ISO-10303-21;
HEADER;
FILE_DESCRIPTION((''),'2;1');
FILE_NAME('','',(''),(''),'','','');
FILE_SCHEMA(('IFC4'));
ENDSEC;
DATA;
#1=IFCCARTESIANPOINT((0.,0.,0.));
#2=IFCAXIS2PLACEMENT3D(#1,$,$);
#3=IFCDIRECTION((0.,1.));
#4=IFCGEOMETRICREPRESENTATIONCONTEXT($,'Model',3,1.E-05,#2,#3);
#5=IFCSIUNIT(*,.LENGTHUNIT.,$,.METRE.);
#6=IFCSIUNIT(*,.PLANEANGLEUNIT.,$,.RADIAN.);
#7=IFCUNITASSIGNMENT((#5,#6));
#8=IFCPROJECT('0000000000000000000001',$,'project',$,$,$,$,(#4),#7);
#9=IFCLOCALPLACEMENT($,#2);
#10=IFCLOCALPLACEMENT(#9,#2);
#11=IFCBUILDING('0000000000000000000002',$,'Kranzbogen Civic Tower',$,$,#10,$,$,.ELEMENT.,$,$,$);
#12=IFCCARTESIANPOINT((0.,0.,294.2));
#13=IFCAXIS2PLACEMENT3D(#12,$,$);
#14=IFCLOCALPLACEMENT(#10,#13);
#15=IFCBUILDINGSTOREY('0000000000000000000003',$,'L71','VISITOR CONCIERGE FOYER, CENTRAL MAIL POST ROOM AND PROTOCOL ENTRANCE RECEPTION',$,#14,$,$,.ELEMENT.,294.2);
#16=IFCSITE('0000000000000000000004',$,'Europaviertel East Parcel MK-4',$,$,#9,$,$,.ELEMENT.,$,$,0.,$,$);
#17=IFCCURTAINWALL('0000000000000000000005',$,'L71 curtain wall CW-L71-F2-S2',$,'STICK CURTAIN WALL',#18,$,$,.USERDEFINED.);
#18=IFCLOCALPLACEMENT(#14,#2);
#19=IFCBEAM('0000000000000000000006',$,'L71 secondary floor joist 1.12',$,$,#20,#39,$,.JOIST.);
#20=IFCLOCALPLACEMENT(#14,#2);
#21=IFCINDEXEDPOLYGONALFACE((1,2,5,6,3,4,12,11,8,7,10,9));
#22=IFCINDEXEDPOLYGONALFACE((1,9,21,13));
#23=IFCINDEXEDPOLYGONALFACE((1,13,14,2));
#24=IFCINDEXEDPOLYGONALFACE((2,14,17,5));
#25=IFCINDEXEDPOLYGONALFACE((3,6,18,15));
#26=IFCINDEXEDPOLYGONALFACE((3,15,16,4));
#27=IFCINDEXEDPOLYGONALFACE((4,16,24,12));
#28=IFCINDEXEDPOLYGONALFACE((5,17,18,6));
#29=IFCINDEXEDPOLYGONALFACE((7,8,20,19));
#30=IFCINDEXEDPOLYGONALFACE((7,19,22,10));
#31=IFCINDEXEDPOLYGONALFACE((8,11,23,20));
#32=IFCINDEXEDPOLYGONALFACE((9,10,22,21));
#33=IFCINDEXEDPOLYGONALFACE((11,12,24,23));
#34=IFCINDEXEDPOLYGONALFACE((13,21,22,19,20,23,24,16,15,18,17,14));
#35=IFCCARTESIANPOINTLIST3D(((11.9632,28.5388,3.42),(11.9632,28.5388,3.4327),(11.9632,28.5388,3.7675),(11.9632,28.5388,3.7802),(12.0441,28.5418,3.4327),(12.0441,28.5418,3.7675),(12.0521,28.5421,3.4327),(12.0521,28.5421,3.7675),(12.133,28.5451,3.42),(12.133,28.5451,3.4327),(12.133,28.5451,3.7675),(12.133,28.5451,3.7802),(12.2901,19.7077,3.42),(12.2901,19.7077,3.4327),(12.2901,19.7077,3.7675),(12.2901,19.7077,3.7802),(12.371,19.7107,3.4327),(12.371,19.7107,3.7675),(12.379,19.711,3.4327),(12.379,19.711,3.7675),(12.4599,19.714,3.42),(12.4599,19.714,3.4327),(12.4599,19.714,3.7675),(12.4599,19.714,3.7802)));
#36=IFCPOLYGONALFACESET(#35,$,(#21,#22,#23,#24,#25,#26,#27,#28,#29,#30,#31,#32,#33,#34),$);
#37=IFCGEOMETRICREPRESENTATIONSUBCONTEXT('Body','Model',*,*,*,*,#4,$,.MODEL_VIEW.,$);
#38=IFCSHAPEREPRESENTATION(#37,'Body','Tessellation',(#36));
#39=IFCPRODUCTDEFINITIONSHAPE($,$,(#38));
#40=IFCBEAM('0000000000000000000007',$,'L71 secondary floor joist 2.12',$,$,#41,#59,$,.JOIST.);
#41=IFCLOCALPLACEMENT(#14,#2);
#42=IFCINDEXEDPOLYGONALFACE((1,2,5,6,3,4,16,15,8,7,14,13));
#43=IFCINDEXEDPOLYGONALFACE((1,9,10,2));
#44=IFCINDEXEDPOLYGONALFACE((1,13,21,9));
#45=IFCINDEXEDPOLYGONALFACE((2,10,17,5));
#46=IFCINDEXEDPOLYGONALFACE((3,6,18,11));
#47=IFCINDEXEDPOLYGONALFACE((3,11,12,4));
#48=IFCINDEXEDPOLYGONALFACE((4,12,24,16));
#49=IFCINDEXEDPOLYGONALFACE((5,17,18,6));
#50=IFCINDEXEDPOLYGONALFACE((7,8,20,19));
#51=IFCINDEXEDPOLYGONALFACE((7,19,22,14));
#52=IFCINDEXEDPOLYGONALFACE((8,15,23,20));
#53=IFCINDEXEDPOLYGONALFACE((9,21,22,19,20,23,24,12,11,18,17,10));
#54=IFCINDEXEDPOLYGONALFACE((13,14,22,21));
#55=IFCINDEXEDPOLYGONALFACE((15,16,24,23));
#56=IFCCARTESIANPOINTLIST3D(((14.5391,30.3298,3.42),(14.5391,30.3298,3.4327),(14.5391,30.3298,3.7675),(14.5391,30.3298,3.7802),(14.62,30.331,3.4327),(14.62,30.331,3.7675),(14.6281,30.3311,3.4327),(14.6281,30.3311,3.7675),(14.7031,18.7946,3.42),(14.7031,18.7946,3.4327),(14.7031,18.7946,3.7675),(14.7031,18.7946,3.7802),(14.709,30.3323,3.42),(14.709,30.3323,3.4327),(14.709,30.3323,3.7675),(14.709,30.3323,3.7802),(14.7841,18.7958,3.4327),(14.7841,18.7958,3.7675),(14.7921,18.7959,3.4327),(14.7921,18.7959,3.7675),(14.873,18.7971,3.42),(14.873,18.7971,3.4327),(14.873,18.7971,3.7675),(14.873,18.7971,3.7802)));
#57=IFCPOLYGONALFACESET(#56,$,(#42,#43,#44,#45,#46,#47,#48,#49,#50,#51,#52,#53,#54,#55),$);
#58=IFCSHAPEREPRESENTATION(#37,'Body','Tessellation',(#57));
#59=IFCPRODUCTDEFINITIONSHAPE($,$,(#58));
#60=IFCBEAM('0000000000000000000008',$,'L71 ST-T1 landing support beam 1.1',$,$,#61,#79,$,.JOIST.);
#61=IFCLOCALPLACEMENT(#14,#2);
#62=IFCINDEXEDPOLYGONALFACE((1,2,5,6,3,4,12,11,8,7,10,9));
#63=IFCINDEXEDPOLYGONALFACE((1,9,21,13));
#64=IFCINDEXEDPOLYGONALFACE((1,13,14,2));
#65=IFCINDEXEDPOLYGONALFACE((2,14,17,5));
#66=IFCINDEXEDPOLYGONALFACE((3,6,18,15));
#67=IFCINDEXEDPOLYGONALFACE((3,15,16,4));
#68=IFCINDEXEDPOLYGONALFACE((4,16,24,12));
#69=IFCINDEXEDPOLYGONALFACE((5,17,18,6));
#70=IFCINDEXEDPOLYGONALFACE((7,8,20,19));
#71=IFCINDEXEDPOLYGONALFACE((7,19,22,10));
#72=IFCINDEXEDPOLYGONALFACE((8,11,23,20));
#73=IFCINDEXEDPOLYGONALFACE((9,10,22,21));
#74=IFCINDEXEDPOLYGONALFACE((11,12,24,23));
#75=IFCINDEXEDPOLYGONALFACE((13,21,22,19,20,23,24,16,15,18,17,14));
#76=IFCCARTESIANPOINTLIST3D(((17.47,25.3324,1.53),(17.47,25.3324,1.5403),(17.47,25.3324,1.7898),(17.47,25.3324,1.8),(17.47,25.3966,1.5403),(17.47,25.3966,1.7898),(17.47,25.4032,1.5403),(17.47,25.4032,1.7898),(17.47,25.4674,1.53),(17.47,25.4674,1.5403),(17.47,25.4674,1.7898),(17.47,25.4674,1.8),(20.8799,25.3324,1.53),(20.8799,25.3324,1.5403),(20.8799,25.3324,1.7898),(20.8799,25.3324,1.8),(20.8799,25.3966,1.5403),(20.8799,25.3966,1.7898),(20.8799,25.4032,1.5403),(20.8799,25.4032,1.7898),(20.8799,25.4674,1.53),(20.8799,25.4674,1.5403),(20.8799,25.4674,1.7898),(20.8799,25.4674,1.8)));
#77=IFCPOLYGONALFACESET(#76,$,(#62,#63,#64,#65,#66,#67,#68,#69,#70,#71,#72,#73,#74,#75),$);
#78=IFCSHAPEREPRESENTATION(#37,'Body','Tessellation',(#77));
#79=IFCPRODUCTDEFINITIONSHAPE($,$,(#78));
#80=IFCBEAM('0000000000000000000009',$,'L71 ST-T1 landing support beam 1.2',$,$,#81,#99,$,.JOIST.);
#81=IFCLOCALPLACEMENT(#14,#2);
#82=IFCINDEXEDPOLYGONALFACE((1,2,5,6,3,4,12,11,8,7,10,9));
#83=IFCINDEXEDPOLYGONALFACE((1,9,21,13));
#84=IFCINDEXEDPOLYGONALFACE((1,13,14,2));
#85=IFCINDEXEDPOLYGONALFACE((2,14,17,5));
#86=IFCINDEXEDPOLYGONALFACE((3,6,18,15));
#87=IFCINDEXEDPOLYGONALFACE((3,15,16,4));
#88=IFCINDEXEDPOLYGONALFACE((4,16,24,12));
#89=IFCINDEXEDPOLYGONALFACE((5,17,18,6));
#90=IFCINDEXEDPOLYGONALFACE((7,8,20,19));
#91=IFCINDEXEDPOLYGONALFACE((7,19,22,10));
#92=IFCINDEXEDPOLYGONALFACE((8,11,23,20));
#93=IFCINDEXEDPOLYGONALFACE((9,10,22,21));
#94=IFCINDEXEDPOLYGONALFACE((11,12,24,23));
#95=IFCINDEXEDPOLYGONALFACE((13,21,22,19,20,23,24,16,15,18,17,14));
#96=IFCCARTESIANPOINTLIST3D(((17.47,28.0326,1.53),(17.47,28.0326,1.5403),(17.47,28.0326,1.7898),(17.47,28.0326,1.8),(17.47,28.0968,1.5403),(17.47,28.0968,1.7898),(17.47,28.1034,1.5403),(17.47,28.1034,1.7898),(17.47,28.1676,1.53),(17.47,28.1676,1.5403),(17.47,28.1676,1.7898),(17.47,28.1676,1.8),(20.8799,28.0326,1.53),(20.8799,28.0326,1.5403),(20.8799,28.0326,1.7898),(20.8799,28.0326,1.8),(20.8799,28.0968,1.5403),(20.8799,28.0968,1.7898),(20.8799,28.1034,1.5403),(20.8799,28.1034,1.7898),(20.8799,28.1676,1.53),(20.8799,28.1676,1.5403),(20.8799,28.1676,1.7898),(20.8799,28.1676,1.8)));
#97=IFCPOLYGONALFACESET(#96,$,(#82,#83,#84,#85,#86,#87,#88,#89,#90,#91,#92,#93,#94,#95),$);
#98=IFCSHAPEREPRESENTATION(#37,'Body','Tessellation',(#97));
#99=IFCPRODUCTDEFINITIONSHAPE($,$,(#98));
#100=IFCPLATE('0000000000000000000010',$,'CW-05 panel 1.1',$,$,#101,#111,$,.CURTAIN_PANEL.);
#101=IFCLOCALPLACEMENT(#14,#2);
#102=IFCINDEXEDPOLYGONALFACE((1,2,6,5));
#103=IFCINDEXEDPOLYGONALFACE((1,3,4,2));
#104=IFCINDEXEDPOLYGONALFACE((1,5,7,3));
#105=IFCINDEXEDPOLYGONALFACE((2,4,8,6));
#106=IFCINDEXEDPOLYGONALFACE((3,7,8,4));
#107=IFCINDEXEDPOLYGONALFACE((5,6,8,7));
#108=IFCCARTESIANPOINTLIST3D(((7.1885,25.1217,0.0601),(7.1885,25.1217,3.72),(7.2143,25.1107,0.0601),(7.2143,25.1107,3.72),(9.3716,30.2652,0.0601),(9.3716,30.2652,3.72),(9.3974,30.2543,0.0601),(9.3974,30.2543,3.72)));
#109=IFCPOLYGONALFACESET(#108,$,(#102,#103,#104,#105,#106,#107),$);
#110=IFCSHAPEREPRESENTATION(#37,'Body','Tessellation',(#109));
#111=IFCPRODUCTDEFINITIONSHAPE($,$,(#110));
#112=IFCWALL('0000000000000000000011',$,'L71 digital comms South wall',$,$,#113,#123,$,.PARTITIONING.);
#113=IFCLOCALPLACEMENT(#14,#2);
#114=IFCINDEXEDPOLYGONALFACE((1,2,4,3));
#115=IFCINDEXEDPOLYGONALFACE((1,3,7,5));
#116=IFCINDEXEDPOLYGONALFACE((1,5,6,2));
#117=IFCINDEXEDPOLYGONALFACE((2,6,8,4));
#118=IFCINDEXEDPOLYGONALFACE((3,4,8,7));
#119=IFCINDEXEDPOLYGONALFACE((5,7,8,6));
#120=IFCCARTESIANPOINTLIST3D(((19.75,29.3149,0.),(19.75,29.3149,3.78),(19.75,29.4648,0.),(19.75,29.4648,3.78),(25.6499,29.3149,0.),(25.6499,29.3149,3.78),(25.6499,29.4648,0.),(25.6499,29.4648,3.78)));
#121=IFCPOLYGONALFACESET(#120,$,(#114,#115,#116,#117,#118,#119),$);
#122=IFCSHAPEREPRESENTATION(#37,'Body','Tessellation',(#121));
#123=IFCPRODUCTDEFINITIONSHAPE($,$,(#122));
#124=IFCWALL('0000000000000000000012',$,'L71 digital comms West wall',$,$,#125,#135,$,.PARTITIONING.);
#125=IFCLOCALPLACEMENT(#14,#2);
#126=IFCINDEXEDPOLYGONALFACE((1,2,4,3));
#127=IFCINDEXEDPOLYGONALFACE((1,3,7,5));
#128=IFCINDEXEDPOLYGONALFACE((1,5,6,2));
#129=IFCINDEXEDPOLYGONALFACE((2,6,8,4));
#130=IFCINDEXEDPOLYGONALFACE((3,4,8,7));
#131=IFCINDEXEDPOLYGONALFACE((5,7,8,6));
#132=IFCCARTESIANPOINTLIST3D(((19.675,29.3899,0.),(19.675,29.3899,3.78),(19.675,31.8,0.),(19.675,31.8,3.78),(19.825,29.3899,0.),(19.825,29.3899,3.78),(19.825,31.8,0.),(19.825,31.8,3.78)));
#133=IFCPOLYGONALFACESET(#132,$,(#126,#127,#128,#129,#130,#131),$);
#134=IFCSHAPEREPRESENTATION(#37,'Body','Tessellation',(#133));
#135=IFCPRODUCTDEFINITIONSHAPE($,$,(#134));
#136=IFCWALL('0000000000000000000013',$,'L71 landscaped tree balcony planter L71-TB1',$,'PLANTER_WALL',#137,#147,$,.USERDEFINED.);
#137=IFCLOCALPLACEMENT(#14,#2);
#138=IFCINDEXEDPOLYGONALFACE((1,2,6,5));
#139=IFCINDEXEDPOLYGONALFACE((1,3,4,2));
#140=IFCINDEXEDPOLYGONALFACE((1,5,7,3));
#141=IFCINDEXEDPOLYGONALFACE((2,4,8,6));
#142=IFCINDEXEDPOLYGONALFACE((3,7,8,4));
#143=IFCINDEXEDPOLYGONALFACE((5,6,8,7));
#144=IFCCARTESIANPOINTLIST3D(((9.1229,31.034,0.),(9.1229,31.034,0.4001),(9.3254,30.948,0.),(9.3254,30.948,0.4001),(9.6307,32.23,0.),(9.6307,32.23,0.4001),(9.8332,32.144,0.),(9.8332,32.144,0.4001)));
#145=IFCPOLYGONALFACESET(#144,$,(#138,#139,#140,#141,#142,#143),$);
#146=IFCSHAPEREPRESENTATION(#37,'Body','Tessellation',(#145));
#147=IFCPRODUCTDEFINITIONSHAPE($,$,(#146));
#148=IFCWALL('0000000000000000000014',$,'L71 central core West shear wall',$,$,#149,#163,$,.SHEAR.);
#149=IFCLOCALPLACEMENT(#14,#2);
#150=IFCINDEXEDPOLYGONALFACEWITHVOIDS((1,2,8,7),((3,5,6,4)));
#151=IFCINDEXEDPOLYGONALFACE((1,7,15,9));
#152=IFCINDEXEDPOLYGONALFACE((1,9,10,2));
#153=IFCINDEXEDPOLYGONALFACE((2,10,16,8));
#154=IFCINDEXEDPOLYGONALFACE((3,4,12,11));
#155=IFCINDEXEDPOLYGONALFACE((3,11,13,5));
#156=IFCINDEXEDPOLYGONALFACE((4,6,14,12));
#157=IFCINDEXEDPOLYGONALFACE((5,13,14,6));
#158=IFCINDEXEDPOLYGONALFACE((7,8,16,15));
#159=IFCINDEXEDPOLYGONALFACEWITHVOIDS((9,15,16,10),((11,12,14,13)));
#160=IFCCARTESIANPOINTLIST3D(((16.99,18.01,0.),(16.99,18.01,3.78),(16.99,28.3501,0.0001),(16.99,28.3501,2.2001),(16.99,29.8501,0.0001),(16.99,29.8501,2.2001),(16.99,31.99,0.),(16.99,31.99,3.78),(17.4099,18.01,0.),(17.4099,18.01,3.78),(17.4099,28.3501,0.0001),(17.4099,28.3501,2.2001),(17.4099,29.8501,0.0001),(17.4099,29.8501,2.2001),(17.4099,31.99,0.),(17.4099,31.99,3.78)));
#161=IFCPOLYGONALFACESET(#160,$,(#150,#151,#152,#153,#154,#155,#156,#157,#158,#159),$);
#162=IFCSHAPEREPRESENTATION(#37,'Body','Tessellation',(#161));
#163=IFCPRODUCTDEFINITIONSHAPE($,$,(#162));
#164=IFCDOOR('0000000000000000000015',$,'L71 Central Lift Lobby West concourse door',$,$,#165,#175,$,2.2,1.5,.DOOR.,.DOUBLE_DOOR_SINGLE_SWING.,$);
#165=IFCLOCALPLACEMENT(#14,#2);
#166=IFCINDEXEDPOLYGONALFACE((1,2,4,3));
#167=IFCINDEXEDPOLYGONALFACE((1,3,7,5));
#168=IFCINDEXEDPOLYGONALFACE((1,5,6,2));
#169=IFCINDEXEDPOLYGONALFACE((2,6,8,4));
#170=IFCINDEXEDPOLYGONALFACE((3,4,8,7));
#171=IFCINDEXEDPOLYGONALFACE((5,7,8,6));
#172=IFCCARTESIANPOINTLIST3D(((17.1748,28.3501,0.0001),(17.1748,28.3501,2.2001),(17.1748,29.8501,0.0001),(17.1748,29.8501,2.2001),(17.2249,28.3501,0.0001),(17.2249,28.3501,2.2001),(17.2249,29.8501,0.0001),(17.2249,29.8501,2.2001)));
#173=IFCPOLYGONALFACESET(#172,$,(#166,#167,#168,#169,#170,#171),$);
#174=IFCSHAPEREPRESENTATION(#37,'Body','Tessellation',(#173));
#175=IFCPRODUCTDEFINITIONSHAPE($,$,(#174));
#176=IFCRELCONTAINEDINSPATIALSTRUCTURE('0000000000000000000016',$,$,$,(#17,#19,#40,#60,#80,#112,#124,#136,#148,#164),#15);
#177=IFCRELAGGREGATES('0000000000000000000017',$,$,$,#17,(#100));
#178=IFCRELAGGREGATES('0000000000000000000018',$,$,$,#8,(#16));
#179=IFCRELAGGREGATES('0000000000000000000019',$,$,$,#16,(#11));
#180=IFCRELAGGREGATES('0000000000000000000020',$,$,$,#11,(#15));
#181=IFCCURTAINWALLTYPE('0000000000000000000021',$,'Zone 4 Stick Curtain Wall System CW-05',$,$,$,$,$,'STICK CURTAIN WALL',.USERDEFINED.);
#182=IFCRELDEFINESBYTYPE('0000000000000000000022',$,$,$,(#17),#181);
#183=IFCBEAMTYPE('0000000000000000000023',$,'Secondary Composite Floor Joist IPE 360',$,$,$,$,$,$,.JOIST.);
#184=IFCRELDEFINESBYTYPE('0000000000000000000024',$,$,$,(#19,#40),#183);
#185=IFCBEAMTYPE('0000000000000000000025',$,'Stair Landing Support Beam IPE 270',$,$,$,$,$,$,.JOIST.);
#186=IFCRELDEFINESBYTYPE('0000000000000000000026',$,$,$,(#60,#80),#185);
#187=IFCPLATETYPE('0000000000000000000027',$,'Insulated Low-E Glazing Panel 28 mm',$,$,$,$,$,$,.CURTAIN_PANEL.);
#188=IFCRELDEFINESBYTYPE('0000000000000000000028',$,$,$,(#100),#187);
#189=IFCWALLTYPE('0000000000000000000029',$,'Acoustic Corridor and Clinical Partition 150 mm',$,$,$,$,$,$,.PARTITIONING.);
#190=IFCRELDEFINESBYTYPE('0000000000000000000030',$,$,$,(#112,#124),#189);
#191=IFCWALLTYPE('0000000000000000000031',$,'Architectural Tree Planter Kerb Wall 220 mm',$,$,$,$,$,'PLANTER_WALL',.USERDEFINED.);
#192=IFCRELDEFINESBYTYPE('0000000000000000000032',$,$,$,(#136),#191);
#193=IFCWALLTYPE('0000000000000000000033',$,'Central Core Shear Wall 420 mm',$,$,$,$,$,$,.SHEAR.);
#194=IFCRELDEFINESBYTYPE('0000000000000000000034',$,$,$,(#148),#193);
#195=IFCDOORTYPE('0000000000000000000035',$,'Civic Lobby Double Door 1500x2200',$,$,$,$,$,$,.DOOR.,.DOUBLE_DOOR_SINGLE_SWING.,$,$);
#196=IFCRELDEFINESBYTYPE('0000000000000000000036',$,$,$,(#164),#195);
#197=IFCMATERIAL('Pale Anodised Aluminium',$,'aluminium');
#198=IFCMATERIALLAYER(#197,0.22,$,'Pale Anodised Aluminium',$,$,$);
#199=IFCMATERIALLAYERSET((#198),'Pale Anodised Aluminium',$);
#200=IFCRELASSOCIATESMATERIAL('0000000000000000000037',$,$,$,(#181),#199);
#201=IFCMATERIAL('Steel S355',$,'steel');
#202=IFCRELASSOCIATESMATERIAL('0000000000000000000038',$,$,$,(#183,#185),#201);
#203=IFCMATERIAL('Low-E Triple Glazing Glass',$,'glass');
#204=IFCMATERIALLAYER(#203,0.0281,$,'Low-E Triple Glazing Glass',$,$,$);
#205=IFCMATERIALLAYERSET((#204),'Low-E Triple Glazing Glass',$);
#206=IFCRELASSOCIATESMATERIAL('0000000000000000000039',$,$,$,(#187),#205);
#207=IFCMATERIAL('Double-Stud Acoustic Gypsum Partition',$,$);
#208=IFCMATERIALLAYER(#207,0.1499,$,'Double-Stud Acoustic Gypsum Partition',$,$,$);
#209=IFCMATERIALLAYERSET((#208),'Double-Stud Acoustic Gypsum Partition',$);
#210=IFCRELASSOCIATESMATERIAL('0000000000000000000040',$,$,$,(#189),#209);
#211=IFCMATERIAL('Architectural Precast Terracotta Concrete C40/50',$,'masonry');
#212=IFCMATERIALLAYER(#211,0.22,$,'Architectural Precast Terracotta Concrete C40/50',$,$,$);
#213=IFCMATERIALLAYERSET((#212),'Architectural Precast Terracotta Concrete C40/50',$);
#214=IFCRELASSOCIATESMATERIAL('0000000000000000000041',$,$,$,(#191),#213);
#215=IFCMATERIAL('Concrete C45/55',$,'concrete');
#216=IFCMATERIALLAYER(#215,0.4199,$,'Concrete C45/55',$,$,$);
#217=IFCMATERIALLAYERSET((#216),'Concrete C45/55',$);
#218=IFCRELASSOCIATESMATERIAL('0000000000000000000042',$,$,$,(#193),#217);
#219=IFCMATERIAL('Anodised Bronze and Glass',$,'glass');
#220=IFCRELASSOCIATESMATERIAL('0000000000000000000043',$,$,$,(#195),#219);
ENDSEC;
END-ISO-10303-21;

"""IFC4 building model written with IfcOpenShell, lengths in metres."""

from ifc_helpers import new_model, si_unit, direction, frame, frame_2d, origin, origin_2d, place, context, subcontext, project, spatial, rectangle, i_section, extrude, material, layer, layer_set, material_profile, profile_set, type_object, element, fill, aggregate, save


model = new_model("IFC4")

# Units and contexts
model_context = context("Model", 3, precision=1e-05, world=origin(), true_north=direction((0.0, 1.0)))
body_context = subcontext(model_context, "Body", "Model", "MODEL_VIEW")
ifc_project = project(units=[si_unit("LENGTHUNIT", "METRE"), si_unit("PLANEANGLEUNIT", "RADIAN")], contexts=[model_context])

# Site, building, storey
site_placement = place(None, origin())
site = spatial("IfcSite", under=ifc_project, at=site_placement, Name="Europaviertel East Parcel MK-4", CompositionType="ELEMENT", RefElevation=0.0)
building_placement = place(site_placement, origin())
building = spatial("IfcBuilding", under=site, at=building_placement, Name="Kranzbogen Civic Tower", CompositionType="ELEMENT")
storey_placement = place(building_placement, frame((0.0, 0.0, 294.2)))
storey = spatial("IfcBuildingStorey", under=building, at=storey_placement, Name="L71", Description="VISITOR CONCIERGE FOYER, CENTRAL MAIL POST ROOM AND PROTOCOL ENTRANCE RECEPTION", CompositionType="ELEMENT", Elevation=294.2)

# Shared definitions
ifc_material_1 = material(Name="Steel S355", Category="steel")

# Curtain wall
ifc_material_2 = material(Name="Pale Anodised Aluminium", Category="aluminium")
ifc_layer_1 = layer(ifc_material_2, 0.22, Name="Pale Anodised Aluminium")
ifc_layer_set_1 = layer_set([ifc_layer_1], Name="Pale Anodised Aluminium")
curtain_wall_type = type_object("IfcCurtainWallType", Name="Zone 4 Stick Curtain Wall System CW-05", ElementType="STICK CURTAIN WALL", PredefinedType="USERDEFINED", material=ifc_layer_set_1)
curtain_wall_placement = place(storey_placement, origin())
curtain_wall = element("IfcCurtainWall", 1, at=curtain_wall_placement, inside=storey, type_object=curtain_wall_type, Name="L71 curtain wall CW-L71-F2-S2", ObjectType="STICK CURTAIN WALL", PredefinedType="USERDEFINED")

# Beams
ifc_material_profile_1 = material_profile(ifc_material_1, i_section(OverallWidth=0.1699, OverallDepth=0.3601, WebThickness=0.0081, FlangeThickness=0.0127, at=origin_2d()), Name="IPE 360")
ifc_profile_set_1 = profile_set([ifc_material_profile_1], Name="Steel S355")
beam_type_1 = type_object("IfcBeamType", Name="Secondary Composite Floor Joist IPE 360", PredefinedType="JOIST", material=ifc_profile_set_1)
beam_1_placement = place(storey_placement, frame((12.0481, 28.542, 3.6001), z_axis=(0.036992, -0.999316, 0.0), x_axis=(0.999316, 0.036992, 0.0)))
element("IfcBeam", 2, at=beam_1_placement, inside=storey, type_object=beam_type_1, Name="L71 secondary floor joist 1.12", PredefinedType="JOIST", context=body_context, shape_type="SweptSolid", body=[
    extrude(i_section(OverallWidth=0.1699, OverallDepth=0.3601, WebThickness=0.0081, FlangeThickness=0.0127, at=origin_2d()), origin(), (0.0, 0.0, 1.0), 8.8372),
])
beam_2_placement = place(storey_placement, frame((14.624, 30.3311, 3.6001), z_axis=(0.014221, -0.999899, 0.0), x_axis=(0.999899, 0.014221, 0.0)))
element("IfcBeam", 3, at=beam_2_placement, inside=storey, type_object=beam_type_1, Name="L71 secondary floor joist 2.12", PredefinedType="JOIST", context=body_context, shape_type="SweptSolid", body=[
    extrude(i_section(OverallWidth=0.1699, OverallDepth=0.3601, WebThickness=0.0081, FlangeThickness=0.0127, at=origin_2d()), origin(), (0.0, 0.0, 1.0), 11.5364),
])
ifc_material_profile_2 = material_profile(ifc_material_1, i_section(OverallWidth=0.135, OverallDepth=0.27, WebThickness=0.0066, FlangeThickness=0.0103, at=origin_2d()), Name="IPE 270")
ifc_profile_set_2 = profile_set([ifc_material_profile_2], Name="Steel S355")
beam_type_2 = type_object("IfcBeamType", Name="Stair Landing Support Beam IPE 270", PredefinedType="JOIST", material=ifc_profile_set_2)
for number, where, z_axis, x_axis, name in (
    (4, (20.8799, 25.3999, 1.665), (-1.0, 0.0, 0.0), (0.0, -1.0, 0.0), "L71 ST-T1 landing support beam 1.1"),
    (5, (20.8799, 28.1001, 1.665), (-1.0, 0.0, 0.0), (0.0, -1.0, 0.0), "L71 ST-T1 landing support beam 1.2"),
):
    element("IfcBeam", number, at=place(storey_placement, frame(where, z_axis=z_axis, x_axis=x_axis)), inside=storey, type_object=beam_type_2, Name=name, PredefinedType="JOIST", context=body_context, shape_type="SweptSolid", body=[
        extrude(i_section(OverallWidth=0.135, OverallDepth=0.27, WebThickness=0.0066, FlangeThickness=0.0103, at=origin_2d()), origin(), (0.0, 0.0, 1.0), 3.4099),
    ])

# Plate
ifc_material_3 = material(Name="Low-E Triple Glazing Glass", Category="glass")
ifc_layer_2 = layer(ifc_material_3, 0.0281, Name="Low-E Triple Glazing Glass")
ifc_layer_set_2 = layer_set([ifc_layer_2], Name="Low-E Triple Glazing Glass")
plate_type = type_object("IfcPlateType", Name="Insulated Low-E Glazing Panel 28 mm", PredefinedType="CURTAIN_PANEL", material=ifc_layer_set_2)
plate_placement = place(storey_placement, frame((8.293, 27.688, 0.0601), z_axis=(0.0, 0.0, 1.0), x_axis=(-0.390703, -0.920517, 0.0)))
plate = element("IfcPlate", 6, at=plate_placement, type_object=plate_type, Name="CW-05 panel 1.1", PredefinedType="CURTAIN_PANEL", context=body_context, shape_type="SweptSolid", body=[
    extrude(rectangle(XDim=5.5876, YDim=0.0281, at=origin_2d()), origin(), (0.0, 0.0, 1.0), 3.6599),
])
aggregate(curtain_wall, [plate])

# Walls
ifc_material_4 = material(Name="Double-Stud Acoustic Gypsum Partition")
ifc_layer_3 = layer(ifc_material_4, 0.1499, Name="Double-Stud Acoustic Gypsum Partition")
ifc_layer_set_3 = layer_set([ifc_layer_3], Name="Double-Stud Acoustic Gypsum Partition")
wall_type_1 = type_object("IfcWallType", Name="Acoustic Corridor and Clinical Partition 150 mm", PredefinedType="PARTITIONING", material=ifc_layer_set_3)
wall_1_placement = place(storey_placement, frame((19.75, 29.3899, 0.0), z_axis=(0.0, 0.0, 1.0), x_axis=(1.0, 0.0, 0.0)))
element("IfcWall", 7, at=wall_1_placement, inside=storey, type_object=wall_type_1, Name="L71 digital comms South wall", PredefinedType="PARTITIONING", context=body_context, shape_type="SweptSolid", body=[
    extrude(rectangle(XDim=5.8999, YDim=0.1499, at=frame_2d((2.95, 0.0))), origin(), (0.0, 0.0, 1.0), 3.78),
])
wall_2_placement = place(storey_placement, frame((19.75, 29.3899, 0.0), z_axis=(0.0, 0.0, 1.0), x_axis=(0.0, 1.0, 0.0)))
element("IfcWall", 8, at=wall_2_placement, inside=storey, type_object=wall_type_1, Name="L71 digital comms West wall", PredefinedType="PARTITIONING", context=body_context, shape_type="SweptSolid", body=[
    extrude(rectangle(XDim=2.4102, YDim=0.1499, at=frame_2d((1.2051, 0.0))), origin(), (0.0, 0.0, 1.0), 3.78),
])

# Wall
ifc_material_5 = material(Name="Architectural Precast Terracotta Concrete C40/50", Category="masonry")
ifc_layer_4 = layer(ifc_material_5, 0.22, Name="Architectural Precast Terracotta Concrete C40/50")
ifc_layer_set_4 = layer_set([ifc_layer_4], Name="Architectural Precast Terracotta Concrete C40/50")
wall_type_2 = type_object("IfcWallType", Name="Architectural Tree Planter Kerb Wall 220 mm", ElementType="PLANTER_WALL", PredefinedType="USERDEFINED", material=ifc_layer_set_4)
wall_3_placement = place(storey_placement, frame((9.7319, 32.187, 0.0), z_axis=(0.0, 0.0, 1.0), x_axis=(-0.39081, -0.920471, 0.0)))
element("IfcWall", 9, at=wall_3_placement, inside=storey, type_object=wall_type_2, Name="L71 landscaped tree balcony planter L71-TB1", ObjectType="PLANTER_WALL", PredefinedType="USERDEFINED", context=body_context, shape_type="SweptSolid", body=[
    extrude(rectangle(XDim=1.2993, YDim=0.22, at=frame_2d((0.6497, 0.0))), origin(), (0.0, 0.0, 1.0), 0.4001),
])

# Wall, opening, door
ifc_material_6 = material(Name="Concrete C45/55", Category="concrete")
ifc_layer_5 = layer(ifc_material_6, 0.4199, Name="Concrete C45/55")
ifc_layer_set_5 = layer_set([ifc_layer_5], Name="Concrete C45/55")
wall_type_3 = type_object("IfcWallType", Name="Central Core Shear Wall 420 mm", PredefinedType="SHEAR", material=ifc_layer_set_5)
wall_4_placement = place(storey_placement, frame((17.2, 31.99, 0.0), z_axis=(0.0, 0.0, 1.0), x_axis=(0.0, -1.0, 0.0)))
wall_4 = element("IfcWall", 10, at=wall_4_placement, inside=storey, type_object=wall_type_3, Name="L71 central core West shear wall", PredefinedType="SHEAR", context=body_context, shape_type="SweptSolid", body=[
    extrude(rectangle(XDim=13.98, YDim=0.4199, at=frame_2d((6.99, 0.0))), origin(), (0.0, 0.0, 1.0), 3.78),
])
opening_1_placement = place(wall_4_placement, frame((2.1399, 0.0, 0.0)))
opening_1 = element("IfcOpeningElement", 11, at=opening_1_placement, cuts=wall_4, PredefinedType="OPENING", context=body_context, shape_type="SweptSolid", body=[
    extrude(rectangle(XDim=1.5, YDim=2.2, at=frame_2d((0.75, 1.1001))), frame((0.0, 0.22, 0.0), z_axis=(0.0, -1.0, 0.0), x_axis=(1.0, 0.0, 0.0)), (0.0, 0.0, 1.0), 0.4399),
])
ifc_material_7 = material(Name="Anodised Bronze and Glass", Category="glass")
door_type_1 = type_object("IfcDoorType", Name="Civic Lobby Double Door 1500x2200", OperationType="DOUBLE_DOOR_SINGLE_SWING", PredefinedType="DOOR", material=ifc_material_7)
door_1_placement = place(opening_1_placement, origin())
door_1 = element("IfcDoor", 12, at=door_1_placement, inside=storey, type_object=door_type_1, Name="L71 Central Lift Lobby West concourse door", OperationType="DOUBLE_DOOR_SINGLE_SWING", OverallHeight=2.2, OverallWidth=1.5, PredefinedType="DOOR", context=body_context, shape_type="SweptSolid", body=[
    extrude(rectangle(XDim=1.5, YDim=2.2, at=frame_2d((0.75, 1.1001))), frame((0.0, 0.0249, 0.0), z_axis=(0.0, -1.0, 0.0), x_axis=(1.0, 0.0, 0.0)), (0.0, 0.0, 1.0), 0.05),
])
fill(opening_1, door_1)

save(model, "model.ifc")
